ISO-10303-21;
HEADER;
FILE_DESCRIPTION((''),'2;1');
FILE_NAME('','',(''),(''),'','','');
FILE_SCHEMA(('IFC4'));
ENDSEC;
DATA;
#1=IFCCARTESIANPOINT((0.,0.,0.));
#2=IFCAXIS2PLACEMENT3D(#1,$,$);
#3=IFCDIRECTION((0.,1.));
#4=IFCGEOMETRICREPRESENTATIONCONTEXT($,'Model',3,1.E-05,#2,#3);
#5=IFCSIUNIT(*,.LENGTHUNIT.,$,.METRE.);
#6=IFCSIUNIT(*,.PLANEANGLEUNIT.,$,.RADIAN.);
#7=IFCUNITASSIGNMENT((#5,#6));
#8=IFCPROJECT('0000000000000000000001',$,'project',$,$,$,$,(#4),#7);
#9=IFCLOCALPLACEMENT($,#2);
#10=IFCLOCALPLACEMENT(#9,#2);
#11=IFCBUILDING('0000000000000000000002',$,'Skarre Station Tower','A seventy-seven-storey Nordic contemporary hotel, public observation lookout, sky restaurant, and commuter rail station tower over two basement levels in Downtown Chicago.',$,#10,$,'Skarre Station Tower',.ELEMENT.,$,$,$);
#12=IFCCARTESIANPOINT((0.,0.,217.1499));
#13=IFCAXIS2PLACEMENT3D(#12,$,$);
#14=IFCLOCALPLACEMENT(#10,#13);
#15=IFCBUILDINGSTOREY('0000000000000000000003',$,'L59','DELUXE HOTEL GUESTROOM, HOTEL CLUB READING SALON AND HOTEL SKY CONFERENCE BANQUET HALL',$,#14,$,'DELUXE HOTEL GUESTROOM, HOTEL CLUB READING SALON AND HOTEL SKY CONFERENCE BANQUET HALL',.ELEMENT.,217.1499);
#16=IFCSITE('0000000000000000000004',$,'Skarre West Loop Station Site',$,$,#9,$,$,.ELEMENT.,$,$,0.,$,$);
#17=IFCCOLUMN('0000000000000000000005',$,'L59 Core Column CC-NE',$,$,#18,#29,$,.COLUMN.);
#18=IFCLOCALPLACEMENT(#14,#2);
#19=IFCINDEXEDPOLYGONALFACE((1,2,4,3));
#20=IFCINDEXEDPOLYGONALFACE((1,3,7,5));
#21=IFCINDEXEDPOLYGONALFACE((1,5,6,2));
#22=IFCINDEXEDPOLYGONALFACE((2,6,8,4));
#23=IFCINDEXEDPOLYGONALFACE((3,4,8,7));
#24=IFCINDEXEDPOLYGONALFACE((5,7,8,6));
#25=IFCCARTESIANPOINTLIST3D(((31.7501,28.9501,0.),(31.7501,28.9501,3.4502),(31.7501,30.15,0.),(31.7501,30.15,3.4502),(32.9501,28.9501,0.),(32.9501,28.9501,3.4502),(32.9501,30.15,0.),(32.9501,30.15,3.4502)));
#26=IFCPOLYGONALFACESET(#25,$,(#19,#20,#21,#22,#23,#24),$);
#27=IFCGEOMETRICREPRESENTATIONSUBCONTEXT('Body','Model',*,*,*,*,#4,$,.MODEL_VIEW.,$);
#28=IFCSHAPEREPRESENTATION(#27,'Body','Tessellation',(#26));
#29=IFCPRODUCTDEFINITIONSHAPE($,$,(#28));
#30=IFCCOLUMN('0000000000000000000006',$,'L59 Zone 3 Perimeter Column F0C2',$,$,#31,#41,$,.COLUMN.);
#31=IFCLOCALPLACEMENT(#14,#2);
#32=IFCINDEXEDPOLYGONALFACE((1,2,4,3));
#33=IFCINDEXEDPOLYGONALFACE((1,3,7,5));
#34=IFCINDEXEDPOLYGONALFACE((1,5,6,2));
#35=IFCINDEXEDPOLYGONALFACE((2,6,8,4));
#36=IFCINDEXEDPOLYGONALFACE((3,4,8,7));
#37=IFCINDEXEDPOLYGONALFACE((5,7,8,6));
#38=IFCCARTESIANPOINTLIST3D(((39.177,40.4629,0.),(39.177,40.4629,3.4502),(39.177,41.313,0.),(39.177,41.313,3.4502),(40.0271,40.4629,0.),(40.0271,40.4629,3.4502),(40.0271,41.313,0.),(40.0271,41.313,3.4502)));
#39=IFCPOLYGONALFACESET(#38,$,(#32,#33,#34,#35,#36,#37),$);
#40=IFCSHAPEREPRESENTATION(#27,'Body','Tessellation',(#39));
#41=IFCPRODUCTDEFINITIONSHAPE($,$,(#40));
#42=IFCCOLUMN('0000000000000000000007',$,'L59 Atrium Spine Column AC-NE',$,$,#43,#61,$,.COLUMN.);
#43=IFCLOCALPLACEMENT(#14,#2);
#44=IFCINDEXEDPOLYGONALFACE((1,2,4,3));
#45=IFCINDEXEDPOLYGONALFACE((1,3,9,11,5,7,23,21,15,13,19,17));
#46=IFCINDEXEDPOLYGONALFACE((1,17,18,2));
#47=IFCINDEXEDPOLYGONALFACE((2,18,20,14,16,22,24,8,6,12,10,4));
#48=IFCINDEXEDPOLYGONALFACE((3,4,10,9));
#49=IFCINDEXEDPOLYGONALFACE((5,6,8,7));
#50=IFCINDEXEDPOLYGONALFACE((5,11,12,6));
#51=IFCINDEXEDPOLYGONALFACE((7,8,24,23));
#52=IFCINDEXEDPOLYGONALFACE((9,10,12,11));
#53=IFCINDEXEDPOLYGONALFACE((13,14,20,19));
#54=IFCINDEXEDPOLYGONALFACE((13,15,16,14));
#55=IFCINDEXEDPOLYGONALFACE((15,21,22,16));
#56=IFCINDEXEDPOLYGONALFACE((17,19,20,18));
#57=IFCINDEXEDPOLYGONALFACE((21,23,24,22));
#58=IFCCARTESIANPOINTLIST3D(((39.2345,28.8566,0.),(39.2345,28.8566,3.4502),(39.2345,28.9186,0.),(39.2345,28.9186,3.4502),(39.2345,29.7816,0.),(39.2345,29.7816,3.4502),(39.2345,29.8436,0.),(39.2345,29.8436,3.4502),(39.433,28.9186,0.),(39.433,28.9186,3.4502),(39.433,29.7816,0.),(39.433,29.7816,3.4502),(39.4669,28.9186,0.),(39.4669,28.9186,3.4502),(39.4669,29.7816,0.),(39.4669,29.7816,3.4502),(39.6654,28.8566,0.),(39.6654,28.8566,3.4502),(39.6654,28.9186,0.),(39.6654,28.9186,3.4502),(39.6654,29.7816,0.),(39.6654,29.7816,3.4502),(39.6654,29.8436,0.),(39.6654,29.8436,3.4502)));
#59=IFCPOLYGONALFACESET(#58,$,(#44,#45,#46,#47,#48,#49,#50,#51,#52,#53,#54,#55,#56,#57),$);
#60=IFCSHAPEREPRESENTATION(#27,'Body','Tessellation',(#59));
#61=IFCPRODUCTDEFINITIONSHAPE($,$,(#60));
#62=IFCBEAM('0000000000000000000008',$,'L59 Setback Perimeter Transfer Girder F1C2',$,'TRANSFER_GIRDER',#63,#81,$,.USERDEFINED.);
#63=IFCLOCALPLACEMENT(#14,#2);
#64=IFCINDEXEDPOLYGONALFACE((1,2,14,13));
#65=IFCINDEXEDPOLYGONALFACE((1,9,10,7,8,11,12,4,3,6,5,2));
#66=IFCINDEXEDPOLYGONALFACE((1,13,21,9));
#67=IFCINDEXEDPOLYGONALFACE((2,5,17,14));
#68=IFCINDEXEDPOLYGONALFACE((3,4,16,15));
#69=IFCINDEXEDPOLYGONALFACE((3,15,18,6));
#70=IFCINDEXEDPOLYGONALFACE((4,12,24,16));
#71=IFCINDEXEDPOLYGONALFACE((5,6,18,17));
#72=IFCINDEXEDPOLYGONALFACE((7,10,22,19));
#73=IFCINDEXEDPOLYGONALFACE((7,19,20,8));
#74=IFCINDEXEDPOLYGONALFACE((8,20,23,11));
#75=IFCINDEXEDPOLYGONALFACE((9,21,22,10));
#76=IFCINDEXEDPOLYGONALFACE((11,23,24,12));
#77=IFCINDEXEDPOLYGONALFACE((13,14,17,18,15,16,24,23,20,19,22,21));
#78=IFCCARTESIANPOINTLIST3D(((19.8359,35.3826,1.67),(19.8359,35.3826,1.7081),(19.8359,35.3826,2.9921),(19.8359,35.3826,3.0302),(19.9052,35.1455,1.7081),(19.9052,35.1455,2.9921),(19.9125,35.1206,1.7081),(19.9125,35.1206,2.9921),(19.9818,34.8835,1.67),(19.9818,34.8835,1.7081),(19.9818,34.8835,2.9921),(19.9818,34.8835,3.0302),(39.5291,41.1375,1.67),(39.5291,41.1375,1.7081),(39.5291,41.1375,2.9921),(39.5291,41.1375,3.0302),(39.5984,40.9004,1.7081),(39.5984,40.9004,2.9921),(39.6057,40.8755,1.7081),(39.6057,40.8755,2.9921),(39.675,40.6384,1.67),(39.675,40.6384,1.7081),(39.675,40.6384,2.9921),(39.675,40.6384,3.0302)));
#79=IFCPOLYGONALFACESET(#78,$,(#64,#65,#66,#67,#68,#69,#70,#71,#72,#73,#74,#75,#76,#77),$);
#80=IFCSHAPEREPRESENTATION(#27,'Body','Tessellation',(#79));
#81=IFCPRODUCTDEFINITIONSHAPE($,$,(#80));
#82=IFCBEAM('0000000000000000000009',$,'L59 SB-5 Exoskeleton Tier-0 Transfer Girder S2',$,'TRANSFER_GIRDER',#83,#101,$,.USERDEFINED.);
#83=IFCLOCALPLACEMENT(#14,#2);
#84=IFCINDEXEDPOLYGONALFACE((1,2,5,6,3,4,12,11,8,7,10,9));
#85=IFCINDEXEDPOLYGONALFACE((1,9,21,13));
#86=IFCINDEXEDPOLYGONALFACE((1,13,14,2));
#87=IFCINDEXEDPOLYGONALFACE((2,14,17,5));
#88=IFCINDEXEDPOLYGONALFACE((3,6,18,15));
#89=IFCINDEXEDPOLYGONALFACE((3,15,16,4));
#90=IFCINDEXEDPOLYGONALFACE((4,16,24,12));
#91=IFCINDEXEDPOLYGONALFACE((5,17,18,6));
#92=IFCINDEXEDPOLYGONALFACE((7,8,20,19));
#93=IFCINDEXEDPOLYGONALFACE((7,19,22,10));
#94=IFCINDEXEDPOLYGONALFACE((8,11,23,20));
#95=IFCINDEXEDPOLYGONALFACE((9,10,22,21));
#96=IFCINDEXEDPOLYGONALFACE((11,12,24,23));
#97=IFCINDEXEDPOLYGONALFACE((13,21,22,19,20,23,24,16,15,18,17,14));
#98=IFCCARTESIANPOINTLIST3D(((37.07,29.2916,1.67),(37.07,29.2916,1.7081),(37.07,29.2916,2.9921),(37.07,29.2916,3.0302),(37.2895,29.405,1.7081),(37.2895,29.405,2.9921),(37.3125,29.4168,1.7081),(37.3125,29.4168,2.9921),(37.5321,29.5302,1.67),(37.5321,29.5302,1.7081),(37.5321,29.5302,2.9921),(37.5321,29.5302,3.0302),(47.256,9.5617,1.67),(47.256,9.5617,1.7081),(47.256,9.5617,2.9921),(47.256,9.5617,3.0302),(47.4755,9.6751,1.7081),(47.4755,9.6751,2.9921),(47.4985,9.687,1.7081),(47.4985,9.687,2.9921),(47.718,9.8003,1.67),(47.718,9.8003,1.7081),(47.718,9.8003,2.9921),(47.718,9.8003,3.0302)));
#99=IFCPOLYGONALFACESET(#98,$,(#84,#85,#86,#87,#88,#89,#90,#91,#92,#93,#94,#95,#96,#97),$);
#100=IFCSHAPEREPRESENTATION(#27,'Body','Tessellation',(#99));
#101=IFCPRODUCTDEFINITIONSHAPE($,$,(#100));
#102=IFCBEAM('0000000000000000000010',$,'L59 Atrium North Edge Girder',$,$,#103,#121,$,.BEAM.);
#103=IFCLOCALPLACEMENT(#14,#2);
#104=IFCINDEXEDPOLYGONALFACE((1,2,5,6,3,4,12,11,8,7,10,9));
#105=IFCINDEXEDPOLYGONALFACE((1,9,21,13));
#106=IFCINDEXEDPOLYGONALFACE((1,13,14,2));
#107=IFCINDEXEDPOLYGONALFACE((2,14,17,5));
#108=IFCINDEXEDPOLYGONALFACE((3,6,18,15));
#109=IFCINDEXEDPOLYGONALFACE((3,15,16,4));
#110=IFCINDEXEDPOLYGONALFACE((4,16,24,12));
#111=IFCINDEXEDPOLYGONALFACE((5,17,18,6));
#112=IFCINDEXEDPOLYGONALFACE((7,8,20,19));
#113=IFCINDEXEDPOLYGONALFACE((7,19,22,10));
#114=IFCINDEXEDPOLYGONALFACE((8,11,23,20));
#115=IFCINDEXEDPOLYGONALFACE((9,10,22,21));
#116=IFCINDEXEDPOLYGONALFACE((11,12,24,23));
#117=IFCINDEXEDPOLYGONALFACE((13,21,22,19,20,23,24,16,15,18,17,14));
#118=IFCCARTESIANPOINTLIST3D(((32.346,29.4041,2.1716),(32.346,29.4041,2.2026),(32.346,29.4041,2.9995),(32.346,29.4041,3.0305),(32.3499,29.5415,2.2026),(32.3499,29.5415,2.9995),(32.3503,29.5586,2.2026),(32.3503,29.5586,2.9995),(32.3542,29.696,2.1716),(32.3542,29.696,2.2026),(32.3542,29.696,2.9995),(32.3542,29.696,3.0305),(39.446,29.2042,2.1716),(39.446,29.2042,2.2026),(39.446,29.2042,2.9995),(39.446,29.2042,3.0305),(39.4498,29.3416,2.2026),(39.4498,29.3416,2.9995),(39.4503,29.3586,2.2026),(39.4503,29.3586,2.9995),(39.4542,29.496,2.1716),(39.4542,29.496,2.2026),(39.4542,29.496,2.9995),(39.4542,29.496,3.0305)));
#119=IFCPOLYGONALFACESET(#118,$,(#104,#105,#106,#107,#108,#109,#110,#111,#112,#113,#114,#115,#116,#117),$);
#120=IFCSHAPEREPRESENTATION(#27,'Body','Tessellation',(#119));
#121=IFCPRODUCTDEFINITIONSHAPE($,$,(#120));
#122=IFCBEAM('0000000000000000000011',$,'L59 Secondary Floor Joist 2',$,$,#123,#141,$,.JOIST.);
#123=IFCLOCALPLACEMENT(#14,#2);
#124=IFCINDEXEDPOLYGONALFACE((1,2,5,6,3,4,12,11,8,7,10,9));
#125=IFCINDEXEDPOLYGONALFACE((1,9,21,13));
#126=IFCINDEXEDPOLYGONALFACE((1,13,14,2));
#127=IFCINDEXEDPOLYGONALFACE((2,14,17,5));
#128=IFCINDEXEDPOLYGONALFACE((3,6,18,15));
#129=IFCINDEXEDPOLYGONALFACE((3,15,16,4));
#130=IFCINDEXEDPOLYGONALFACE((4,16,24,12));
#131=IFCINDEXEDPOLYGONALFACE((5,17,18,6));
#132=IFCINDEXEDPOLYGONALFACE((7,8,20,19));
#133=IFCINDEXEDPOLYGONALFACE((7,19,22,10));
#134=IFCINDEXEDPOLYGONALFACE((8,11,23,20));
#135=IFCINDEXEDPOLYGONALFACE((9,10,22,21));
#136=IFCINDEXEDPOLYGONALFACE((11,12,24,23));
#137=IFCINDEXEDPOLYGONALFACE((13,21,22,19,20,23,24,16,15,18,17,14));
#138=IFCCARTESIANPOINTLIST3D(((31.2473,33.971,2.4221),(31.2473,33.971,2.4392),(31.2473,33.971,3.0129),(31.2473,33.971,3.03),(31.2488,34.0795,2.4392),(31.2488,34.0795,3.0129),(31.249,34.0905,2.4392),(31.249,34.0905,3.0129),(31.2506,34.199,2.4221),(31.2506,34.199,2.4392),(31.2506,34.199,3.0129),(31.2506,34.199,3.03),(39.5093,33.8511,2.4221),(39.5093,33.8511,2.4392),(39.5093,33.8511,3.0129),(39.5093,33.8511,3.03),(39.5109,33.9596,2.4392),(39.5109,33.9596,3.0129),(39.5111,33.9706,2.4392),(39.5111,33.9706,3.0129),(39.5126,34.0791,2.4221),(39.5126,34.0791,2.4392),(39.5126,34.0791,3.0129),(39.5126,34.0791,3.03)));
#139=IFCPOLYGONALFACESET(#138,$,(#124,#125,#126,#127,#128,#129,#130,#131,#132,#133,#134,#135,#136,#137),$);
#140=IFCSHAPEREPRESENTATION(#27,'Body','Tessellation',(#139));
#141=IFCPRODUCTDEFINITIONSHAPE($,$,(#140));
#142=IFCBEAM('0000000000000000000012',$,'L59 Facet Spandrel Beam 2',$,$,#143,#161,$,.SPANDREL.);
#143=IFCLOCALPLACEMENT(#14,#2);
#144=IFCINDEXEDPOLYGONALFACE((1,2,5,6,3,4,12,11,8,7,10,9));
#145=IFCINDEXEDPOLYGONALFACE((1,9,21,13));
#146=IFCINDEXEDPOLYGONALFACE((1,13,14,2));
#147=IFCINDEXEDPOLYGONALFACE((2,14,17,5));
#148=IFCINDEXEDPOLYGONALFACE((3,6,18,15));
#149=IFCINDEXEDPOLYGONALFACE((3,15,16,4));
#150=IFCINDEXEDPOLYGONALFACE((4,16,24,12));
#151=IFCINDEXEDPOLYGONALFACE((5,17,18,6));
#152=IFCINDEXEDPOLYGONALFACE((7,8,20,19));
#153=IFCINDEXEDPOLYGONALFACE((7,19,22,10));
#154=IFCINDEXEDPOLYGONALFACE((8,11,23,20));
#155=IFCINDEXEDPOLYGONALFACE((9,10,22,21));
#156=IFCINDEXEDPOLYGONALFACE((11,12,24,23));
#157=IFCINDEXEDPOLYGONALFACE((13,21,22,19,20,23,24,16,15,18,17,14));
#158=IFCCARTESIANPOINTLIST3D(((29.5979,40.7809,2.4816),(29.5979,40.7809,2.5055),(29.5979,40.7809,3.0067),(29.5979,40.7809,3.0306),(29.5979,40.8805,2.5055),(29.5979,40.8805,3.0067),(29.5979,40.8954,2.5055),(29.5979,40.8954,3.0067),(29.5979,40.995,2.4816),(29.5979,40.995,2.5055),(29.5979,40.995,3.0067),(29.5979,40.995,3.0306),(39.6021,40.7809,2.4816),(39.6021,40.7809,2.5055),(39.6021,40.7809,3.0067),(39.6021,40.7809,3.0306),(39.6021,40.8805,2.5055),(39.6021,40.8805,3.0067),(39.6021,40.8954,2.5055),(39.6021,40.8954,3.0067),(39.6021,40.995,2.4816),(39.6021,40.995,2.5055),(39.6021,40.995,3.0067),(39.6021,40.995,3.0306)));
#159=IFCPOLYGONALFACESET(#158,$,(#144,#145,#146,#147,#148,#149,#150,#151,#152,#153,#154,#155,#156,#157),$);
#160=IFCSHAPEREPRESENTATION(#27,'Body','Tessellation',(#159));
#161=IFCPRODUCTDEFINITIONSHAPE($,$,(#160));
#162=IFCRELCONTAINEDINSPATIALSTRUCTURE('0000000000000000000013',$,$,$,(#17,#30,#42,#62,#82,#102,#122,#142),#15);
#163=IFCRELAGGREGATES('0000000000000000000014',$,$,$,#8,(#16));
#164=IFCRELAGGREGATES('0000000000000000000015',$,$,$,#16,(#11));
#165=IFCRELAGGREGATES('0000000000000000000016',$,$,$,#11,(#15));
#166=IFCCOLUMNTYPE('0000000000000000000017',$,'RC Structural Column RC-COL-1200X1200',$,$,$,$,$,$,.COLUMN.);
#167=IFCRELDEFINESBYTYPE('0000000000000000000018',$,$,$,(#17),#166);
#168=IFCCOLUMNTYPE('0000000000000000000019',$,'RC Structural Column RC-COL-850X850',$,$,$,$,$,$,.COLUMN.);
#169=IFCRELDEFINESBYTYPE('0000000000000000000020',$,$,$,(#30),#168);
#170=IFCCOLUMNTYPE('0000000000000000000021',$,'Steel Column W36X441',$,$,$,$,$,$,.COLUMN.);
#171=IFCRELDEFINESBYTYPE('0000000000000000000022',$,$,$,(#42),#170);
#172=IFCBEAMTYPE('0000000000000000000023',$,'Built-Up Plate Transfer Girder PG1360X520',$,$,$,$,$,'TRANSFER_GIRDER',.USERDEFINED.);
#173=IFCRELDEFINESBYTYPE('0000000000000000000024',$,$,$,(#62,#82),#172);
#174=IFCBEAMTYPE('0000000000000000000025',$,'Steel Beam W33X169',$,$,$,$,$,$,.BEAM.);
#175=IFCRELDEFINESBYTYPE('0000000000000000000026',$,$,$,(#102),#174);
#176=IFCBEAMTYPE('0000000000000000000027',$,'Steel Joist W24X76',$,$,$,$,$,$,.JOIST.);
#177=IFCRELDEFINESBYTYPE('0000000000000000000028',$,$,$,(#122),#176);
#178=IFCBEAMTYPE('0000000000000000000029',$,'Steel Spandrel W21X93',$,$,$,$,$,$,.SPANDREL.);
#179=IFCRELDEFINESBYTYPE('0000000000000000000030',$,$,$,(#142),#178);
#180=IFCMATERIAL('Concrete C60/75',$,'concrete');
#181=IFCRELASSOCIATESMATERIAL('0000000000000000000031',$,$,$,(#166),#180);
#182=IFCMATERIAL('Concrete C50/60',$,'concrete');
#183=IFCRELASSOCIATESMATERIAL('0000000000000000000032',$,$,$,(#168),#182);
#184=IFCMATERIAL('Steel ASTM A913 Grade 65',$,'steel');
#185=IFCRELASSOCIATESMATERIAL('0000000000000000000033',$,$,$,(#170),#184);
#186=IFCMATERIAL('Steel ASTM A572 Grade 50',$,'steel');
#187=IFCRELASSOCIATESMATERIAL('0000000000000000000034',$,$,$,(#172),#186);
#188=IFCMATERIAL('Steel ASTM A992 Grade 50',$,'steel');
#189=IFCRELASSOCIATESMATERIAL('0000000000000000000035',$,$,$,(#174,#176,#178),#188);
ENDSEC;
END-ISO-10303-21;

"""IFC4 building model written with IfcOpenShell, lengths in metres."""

from ifc_helpers import new_model, si_unit, direction, frame, origin, origin_2d, place, context, subcontext, project, spatial, rectangle, i_section, extrude, material, material_profile, profile_set, type_object, element, save


model = new_model("IFC4")

# Units and contexts
model_context = context("Model", 3, precision=1e-05, world=origin(), true_north=direction((0.0, 1.0)))
body_context = subcontext(model_context, "Body", "Model", "MODEL_VIEW")
ifc_project = project(units=[si_unit("LENGTHUNIT", "METRE"), si_unit("PLANEANGLEUNIT", "RADIAN")], contexts=[model_context])

# Site, building, storey
site_placement = place(None, origin())
site = spatial("IfcSite", under=ifc_project, at=site_placement, Name="Skarre West Loop Station Site", CompositionType="ELEMENT", RefElevation=0.0)
building_placement = place(site_placement, origin())
building = spatial("IfcBuilding", under=site, at=building_placement, Name="Skarre Station Tower", Description="A seventy-seven-storey Nordic contemporary hotel, public observation lookout, sky restaurant, and commuter rail station tower over two basement levels in Downtown Chicago.", LongName="Skarre Station Tower", CompositionType="ELEMENT")
storey_placement = place(building_placement, frame((0.0, 0.0, 217.1499)))
storey = spatial("IfcBuildingStorey", under=building, at=storey_placement, Name="L59", Description="DELUXE HOTEL GUESTROOM, HOTEL CLUB READING SALON AND HOTEL SKY CONFERENCE BANQUET HALL", LongName="DELUXE HOTEL GUESTROOM, HOTEL CLUB READING SALON AND HOTEL SKY CONFERENCE BANQUET HALL", CompositionType="ELEMENT", Elevation=217.1499)

# Columns
ifc_material_1 = material(Name="Concrete C60/75", Category="concrete")
ifc_material_profile_1 = material_profile(ifc_material_1, rectangle(XDim=1.2, YDim=1.2, at=origin_2d()), Name="Concrete C60/75")
ifc_profile_set_1 = profile_set([ifc_material_profile_1], Name="Concrete C60/75")
column_type_1 = type_object("IfcColumnType", Name="RC Structural Column RC-COL-1200X1200", PredefinedType="COLUMN", material=ifc_profile_set_1)
column_1_placement = place(storey_placement, frame((32.3501, 29.55, 0.0), z_axis=(0.0, 0.0, 1.0), x_axis=(1.0, 0.0, 0.0)))
element("IfcColumn", 1, at=column_1_placement, inside=storey, type_object=column_type_1, Name="L59 Core Column CC-NE", PredefinedType="COLUMN", context=body_context, shape_type="SweptSolid", body=[
    extrude(rectangle(XDim=1.2, YDim=1.2, at=origin_2d()), origin(), (0.0, 0.0, 1.0), 3.4502),
])
ifc_material_2 = material(Name="Concrete C50/60", Category="concrete")
ifc_material_profile_2 = material_profile(ifc_material_2, rectangle(XDim=0.8501, YDim=0.8501, at=origin_2d()), Name="Concrete C50/60")
ifc_profile_set_2 = profile_set([ifc_material_profile_2], Name="Concrete C50/60")
column_type_2 = type_object("IfcColumnType", Name="RC Structural Column RC-COL-850X850", PredefinedType="COLUMN", material=ifc_profile_set_2)
column_2_placement = place(storey_placement, frame((39.6021, 40.8879, 0.0), z_axis=(0.0, 0.0, 1.0), x_axis=(1.0, 0.0, 0.0)))
element("IfcColumn", 2, at=column_2_placement, inside=storey, type_object=column_type_2, Name="L59 Zone 3 Perimeter Column F0C2", PredefinedType="COLUMN", context=body_context, shape_type="SweptSolid", body=[
    extrude(rectangle(XDim=0.8501, YDim=0.8501, at=origin_2d()), origin(), (0.0, 0.0, 1.0), 3.4502),
])
ifc_material_3 = material(Name="Steel ASTM A913 Grade 65", Category="steel")
ifc_material_profile_3 = material_profile(ifc_material_3, i_section(OverallWidth=0.4309, OverallDepth=0.9871, WebThickness=0.0339, FlangeThickness=0.062, at=origin_2d()), Name="Steel ASTM A913 Grade 65")
ifc_profile_set_3 = profile_set([ifc_material_profile_3], Name="Steel ASTM A913 Grade 65")
column_type_3 = type_object("IfcColumnType", Name="Steel Column W36X441", PredefinedType="COLUMN", material=ifc_profile_set_3)
column_3_placement = place(storey_placement, frame((39.45, 29.3501, 0.0), z_axis=(0.0, 0.0, 1.0), x_axis=(1.0, 0.0, 0.0)))
element("IfcColumn", 3, at=column_3_placement, inside=storey, type_object=column_type_3, Name="L59 Atrium Spine Column AC-NE", PredefinedType="COLUMN", context=body_context, shape_type="SweptSolid", body=[
    extrude(i_section(OverallWidth=0.4309, OverallDepth=0.9871, WebThickness=0.0339, FlangeThickness=0.062, at=origin_2d()), origin(), (0.0, 0.0, 1.0), 3.4502),
])

# Beams
ifc_material_4 = material(Name="Steel ASTM A572 Grade 50", Category="steel")
ifc_material_profile_4 = material_profile(ifc_material_4, i_section(OverallWidth=0.52, OverallDepth=1.3601, WebThickness=0.0259, FlangeThickness=0.0381, at=origin_2d()), Name="Steel ASTM A572 Grade 50")
ifc_profile_set_4 = profile_set([ifc_material_profile_4], Name="Steel ASTM A572 Grade 50")
beam_type_1 = type_object("IfcBeamType", Name="Built-Up Plate Transfer Girder PG1360X520", ElementType="TRANSFER_GIRDER", PredefinedType="USERDEFINED", material=ifc_profile_set_4)
beam_1_placement = place(storey_placement, frame((39.6021, 40.8879, 2.3501), z_axis=(-0.959855, -0.280497, 0.0), x_axis=(0.280497, -0.959855, 0.0)))
element("IfcBeam", 4, at=beam_1_placement, inside=storey, type_object=beam_type_1, Name="L59 Setback Perimeter Transfer Girder F1C2", ObjectType="TRANSFER_GIRDER", PredefinedType="USERDEFINED", context=body_context, shape_type="SweptSolid", body=[
    extrude(i_section(OverallWidth=0.52, OverallDepth=1.3601, WebThickness=0.0259, FlangeThickness=0.0381, at=origin_2d()), origin(), (0.0, 0.0, 1.0), 20.5168),
])
beam_2_placement = place(storey_placement, frame((37.301, 29.4109, 2.3501), z_axis=(0.458743, -0.888569, 0.0), x_axis=(0.888569, 0.458743, 0.0)))
element("IfcBeam", 5, at=beam_2_placement, inside=storey, type_object=beam_type_1, Name="L59 SB-5 Exoskeleton Tier-0 Transfer Girder S2", ObjectType="TRANSFER_GIRDER", PredefinedType="USERDEFINED", context=body_context, shape_type="SweptSolid", body=[
    extrude(i_section(OverallWidth=0.52, OverallDepth=1.3601, WebThickness=0.0259, FlangeThickness=0.0381, at=origin_2d()), origin(), (0.0, 0.0, 1.0), 22.2041),
])
ifc_material_5 = material(Name="Steel ASTM A992 Grade 50", Category="steel")
ifc_material_profile_5 = material_profile(ifc_material_5, i_section(OverallWidth=0.292, OverallDepth=0.8589, WebThickness=0.0171, FlangeThickness=0.031, at=origin_2d()), Name="Steel ASTM A992 Grade 50")
ifc_profile_set_5 = profile_set([ifc_material_profile_5], Name="Steel ASTM A992 Grade 50")
beam_type_2 = type_object("IfcBeamType", Name="Steel Beam W33X169", PredefinedType="BEAM", material=ifc_profile_set_5)
beam_3_placement = place(storey_placement, frame((32.3501, 29.55, 2.6011), z_axis=(0.999604, -0.028152, 0.0), x_axis=(0.028152, 0.999604, 0.0)))
element("IfcBeam", 6, at=beam_3_placement, inside=storey, type_object=beam_type_2, Name="L59 Atrium North Edge Girder", PredefinedType="BEAM", context=body_context, shape_type="SweptSolid", body=[
    extrude(i_section(OverallWidth=0.292, OverallDepth=0.8589, WebThickness=0.0171, FlangeThickness=0.031, at=origin_2d()), origin(), (0.0, 0.0, 1.0), 7.1028),
])
ifc_material_profile_6 = material_profile(ifc_material_5, i_section(OverallWidth=0.228, OverallDepth=0.6079, WebThickness=0.011, FlangeThickness=0.0171, at=origin_2d()), Name="Steel ASTM A992 Grade 50")
ifc_profile_set_6 = profile_set([ifc_material_profile_6], Name="Steel ASTM A992 Grade 50")
beam_type_3 = type_object("IfcBeamType", Name="Steel Joist W24X76", PredefinedType="JOIST", material=ifc_profile_set_6)
beam_4_placement = place(storey_placement, frame((39.511, 33.9651, 2.7261), z_axis=(-0.999895, 0.014508, 0.0), x_axis=(-0.014508, -0.999895, 0.0)))
element("IfcBeam", 7, at=beam_4_placement, inside=storey, type_object=beam_type_3, Name="L59 Secondary Floor Joist 2", PredefinedType="JOIST", context=body_context, shape_type="SweptSolid", body=[
    extrude(i_section(OverallWidth=0.228, OverallDepth=0.6079, WebThickness=0.011, FlangeThickness=0.0171, at=origin_2d()), origin(), (0.0, 0.0, 1.0), 8.2629),
])
ifc_material_profile_7 = material_profile(ifc_material_5, i_section(OverallWidth=0.2141, OverallDepth=0.5491, WebThickness=0.0149, FlangeThickness=0.0239, at=origin_2d()), Name="Steel ASTM A992 Grade 50")
ifc_profile_set_7 = profile_set([ifc_material_profile_7], Name="Steel ASTM A992 Grade 50")
beam_type_4 = type_object("IfcBeamType", Name="Steel Spandrel W21X93", PredefinedType="SPANDREL", material=ifc_profile_set_7)
beam_5_placement = place(storey_placement, frame((39.6021, 40.8879, 2.7561), z_axis=(-1.0, 0.0, 0.0), x_axis=(0.0, -1.0, 0.0)))
element("IfcBeam", 8, at=beam_5_placement, inside=storey, type_object=beam_type_4, Name="L59 Facet Spandrel Beam 2", PredefinedType="SPANDREL", context=body_context, shape_type="SweptSolid", body=[
    extrude(i_section(OverallWidth=0.2141, OverallDepth=0.5491, WebThickness=0.0149, FlangeThickness=0.0239, at=origin_2d()), origin(), (0.0, 0.0, 1.0), 10.0042),
])

save(model, "model.ifc")
